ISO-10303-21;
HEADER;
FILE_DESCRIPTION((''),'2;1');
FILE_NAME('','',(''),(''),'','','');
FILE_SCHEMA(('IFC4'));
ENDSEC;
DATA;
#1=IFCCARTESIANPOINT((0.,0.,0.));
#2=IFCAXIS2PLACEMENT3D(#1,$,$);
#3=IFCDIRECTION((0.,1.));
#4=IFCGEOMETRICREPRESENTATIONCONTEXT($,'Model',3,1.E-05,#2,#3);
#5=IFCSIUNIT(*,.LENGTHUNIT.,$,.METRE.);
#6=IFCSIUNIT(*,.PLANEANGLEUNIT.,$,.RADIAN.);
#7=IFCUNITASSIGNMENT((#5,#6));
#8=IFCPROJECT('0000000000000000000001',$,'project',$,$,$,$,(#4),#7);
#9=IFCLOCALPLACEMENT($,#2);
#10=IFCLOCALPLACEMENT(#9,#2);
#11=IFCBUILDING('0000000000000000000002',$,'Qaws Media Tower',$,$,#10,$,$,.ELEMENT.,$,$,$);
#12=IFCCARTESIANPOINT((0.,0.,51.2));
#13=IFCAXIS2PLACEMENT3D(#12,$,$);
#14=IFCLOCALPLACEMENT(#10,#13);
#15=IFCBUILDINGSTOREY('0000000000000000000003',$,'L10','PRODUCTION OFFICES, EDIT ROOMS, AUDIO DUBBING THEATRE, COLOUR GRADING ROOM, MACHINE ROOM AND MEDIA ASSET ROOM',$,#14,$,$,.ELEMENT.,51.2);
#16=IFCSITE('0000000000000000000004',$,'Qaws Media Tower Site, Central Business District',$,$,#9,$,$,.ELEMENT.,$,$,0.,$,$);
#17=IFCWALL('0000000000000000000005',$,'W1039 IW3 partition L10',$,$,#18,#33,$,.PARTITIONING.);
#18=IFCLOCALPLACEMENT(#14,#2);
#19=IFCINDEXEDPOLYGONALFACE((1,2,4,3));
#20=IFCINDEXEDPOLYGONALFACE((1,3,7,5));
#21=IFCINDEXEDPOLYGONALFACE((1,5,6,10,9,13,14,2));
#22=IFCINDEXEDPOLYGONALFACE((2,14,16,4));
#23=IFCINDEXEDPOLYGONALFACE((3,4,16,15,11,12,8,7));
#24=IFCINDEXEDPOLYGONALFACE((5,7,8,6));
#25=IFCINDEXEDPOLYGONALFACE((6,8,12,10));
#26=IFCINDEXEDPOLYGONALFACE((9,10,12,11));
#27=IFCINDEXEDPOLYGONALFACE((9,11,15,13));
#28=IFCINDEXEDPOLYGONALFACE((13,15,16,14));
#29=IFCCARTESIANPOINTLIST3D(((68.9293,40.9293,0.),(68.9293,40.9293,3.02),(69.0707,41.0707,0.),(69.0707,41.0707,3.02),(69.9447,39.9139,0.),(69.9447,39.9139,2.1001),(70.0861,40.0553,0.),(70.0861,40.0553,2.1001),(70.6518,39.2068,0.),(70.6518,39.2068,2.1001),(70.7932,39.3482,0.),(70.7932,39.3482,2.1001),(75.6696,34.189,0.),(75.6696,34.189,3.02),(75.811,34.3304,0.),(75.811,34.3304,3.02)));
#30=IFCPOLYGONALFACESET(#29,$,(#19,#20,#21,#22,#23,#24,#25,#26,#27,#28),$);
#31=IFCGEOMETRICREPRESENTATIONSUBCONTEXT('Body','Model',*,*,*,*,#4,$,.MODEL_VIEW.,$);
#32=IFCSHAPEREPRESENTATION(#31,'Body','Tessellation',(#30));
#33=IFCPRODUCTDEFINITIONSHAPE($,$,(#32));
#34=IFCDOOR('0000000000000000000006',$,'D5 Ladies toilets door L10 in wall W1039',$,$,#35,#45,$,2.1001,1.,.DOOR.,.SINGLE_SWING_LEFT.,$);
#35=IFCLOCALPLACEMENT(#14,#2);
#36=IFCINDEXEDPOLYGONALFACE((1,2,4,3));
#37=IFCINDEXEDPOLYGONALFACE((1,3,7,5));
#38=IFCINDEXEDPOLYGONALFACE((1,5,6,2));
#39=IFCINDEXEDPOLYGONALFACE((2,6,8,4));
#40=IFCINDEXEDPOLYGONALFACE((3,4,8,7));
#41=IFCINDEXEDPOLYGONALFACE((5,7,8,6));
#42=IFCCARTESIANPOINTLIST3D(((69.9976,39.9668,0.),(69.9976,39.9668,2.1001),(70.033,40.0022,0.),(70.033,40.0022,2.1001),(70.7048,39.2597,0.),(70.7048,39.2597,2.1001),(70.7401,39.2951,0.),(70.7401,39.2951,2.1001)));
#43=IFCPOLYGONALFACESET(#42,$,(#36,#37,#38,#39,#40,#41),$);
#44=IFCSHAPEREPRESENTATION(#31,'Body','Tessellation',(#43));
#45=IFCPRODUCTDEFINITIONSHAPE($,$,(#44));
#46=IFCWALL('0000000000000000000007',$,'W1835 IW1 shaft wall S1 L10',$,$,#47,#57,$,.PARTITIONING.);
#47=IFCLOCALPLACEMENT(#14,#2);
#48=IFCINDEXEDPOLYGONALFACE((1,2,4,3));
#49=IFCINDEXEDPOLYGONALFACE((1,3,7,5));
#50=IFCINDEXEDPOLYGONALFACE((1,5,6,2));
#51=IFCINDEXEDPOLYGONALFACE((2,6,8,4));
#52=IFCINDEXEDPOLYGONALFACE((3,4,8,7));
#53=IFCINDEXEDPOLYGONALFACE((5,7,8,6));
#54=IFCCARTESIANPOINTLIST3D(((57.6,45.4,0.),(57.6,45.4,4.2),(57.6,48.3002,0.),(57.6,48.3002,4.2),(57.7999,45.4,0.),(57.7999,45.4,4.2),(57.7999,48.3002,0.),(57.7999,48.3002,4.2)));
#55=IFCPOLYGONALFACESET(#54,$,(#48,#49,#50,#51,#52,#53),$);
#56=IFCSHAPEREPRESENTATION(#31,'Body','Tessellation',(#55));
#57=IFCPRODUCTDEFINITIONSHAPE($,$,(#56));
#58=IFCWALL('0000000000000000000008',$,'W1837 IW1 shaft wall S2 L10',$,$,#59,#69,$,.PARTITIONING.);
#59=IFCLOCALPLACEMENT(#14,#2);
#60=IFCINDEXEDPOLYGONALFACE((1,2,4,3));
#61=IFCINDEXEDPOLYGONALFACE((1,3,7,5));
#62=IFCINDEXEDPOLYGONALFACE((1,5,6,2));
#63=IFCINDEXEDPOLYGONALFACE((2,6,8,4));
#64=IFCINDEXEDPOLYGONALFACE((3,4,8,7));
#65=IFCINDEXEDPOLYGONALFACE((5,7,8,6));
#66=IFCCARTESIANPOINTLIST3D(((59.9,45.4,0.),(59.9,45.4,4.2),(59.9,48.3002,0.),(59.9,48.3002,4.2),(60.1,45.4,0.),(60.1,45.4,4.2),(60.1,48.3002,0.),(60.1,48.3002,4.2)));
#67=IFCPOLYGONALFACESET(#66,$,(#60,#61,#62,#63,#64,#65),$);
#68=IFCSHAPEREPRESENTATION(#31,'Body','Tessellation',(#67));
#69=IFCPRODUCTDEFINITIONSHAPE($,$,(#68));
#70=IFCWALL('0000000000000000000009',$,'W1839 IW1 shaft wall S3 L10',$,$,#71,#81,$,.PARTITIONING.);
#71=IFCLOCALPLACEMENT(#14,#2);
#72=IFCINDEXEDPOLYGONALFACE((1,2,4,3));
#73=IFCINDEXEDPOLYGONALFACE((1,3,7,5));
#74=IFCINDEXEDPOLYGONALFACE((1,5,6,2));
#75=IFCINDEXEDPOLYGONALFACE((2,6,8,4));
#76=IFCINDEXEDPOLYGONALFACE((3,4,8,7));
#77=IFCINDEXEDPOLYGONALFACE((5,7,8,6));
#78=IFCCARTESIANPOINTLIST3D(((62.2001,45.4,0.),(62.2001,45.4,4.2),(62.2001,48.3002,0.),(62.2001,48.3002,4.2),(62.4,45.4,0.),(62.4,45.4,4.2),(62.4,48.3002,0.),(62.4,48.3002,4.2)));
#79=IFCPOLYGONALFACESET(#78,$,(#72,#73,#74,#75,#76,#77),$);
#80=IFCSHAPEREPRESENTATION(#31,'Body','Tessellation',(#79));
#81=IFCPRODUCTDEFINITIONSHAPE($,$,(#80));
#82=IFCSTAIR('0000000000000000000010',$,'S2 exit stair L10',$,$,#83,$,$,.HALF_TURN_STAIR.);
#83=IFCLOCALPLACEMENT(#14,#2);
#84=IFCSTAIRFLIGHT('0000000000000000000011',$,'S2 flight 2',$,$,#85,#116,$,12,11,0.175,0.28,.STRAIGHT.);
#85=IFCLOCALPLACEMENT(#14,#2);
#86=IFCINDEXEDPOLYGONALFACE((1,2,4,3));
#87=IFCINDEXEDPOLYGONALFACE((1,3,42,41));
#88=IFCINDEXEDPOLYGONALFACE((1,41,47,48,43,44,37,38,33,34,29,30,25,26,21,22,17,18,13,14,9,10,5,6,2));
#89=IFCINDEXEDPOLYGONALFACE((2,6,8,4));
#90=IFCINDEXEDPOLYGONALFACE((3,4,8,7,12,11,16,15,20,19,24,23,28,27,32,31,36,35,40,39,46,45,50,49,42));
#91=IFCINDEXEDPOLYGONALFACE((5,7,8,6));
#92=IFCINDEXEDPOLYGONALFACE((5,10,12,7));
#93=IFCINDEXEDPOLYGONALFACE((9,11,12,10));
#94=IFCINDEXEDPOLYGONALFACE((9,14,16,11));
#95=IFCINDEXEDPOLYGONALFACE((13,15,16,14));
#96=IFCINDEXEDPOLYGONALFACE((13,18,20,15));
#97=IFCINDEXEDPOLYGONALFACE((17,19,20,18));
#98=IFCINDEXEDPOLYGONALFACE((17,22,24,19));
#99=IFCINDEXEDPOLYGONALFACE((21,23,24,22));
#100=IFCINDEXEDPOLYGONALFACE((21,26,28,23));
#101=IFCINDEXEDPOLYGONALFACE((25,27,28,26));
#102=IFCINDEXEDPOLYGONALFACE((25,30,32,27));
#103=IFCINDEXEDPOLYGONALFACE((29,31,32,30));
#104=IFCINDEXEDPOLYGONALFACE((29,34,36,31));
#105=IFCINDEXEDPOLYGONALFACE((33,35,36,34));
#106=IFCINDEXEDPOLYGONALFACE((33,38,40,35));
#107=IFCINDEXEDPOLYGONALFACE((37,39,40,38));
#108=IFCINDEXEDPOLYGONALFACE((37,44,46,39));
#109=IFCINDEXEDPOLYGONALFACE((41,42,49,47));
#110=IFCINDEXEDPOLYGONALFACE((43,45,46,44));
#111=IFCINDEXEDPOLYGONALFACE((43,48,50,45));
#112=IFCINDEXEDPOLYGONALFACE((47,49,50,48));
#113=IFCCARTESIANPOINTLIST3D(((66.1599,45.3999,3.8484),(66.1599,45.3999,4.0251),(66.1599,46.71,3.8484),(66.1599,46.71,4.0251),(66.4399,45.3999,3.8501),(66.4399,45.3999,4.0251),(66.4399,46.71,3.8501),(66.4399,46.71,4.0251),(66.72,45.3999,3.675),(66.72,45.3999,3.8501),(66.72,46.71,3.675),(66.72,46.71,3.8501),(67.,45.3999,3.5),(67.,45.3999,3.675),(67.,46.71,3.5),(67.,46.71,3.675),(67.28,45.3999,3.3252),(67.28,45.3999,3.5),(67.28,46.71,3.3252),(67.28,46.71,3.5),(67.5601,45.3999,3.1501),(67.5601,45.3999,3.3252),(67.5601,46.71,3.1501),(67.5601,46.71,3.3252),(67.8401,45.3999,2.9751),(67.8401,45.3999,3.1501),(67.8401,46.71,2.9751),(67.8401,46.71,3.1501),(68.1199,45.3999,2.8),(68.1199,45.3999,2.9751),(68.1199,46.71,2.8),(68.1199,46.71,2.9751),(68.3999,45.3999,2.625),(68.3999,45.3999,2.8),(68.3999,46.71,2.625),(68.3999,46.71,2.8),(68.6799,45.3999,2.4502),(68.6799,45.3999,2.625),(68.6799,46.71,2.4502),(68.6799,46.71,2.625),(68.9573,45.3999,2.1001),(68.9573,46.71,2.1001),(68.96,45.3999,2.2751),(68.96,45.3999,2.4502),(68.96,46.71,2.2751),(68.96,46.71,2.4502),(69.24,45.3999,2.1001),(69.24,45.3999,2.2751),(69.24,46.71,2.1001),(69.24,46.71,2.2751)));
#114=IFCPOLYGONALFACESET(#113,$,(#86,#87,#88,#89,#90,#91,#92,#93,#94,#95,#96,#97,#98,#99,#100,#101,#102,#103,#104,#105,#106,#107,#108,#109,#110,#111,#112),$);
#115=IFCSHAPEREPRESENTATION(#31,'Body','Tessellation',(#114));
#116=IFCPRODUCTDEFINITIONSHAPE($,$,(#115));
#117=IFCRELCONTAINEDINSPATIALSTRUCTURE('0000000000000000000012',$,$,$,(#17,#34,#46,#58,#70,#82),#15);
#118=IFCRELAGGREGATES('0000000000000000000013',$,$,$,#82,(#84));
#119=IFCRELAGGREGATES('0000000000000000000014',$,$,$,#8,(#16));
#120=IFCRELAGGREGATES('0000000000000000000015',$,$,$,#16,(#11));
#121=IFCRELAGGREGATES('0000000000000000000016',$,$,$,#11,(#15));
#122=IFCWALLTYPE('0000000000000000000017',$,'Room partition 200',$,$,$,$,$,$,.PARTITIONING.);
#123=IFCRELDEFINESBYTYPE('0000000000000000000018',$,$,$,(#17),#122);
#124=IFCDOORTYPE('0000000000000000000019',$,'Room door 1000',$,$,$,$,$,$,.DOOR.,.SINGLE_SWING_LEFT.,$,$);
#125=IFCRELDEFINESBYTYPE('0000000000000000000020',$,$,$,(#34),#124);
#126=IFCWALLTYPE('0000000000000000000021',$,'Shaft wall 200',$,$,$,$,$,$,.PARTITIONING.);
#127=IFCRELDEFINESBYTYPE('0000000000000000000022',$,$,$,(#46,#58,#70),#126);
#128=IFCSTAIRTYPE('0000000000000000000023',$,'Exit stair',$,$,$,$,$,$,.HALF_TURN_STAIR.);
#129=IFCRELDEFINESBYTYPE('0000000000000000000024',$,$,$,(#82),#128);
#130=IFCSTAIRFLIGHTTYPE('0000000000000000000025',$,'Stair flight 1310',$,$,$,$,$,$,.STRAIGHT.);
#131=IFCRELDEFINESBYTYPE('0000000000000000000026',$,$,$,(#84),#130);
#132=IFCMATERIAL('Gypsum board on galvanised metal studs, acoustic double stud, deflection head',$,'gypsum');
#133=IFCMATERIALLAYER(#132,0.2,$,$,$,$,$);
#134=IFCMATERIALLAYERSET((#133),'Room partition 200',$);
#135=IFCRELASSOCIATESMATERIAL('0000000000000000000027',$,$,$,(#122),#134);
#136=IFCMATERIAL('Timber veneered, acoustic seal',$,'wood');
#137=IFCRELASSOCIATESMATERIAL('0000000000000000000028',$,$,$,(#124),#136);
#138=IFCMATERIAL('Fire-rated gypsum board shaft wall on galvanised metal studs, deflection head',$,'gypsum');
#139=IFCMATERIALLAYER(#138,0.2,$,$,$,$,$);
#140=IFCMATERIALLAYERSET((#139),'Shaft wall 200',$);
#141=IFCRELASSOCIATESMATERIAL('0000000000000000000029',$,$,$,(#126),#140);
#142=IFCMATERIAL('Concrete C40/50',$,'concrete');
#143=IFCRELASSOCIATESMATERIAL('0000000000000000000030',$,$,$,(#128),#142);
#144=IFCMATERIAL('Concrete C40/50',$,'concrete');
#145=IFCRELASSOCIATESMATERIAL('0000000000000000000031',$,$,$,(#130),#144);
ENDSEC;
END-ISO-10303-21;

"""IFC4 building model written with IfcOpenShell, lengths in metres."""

from ifc_helpers import new_model, si_unit, direction, frame, frame_2d, origin, place, context, subcontext, project, spatial, polyline, rectangle, outline, extrude, material, layer, layer_set, type_object, element, fill, aggregate, save


model = new_model("IFC4")

# Units and contexts
model_context = context("Model", 3, precision=1e-05, world=origin(), true_north=direction((0.0, 1.0)))
body_context = subcontext(model_context, "Body", "Model", "MODEL_VIEW")
ifc_project = project(units=[si_unit("LENGTHUNIT", "METRE"), si_unit("PLANEANGLEUNIT", "RADIAN")], contexts=[model_context])

# Site, building, storey
site_placement = place(None, origin())
site = spatial("IfcSite", under=ifc_project, at=site_placement, Name="Qaws Media Tower Site, Central Business District", CompositionType="ELEMENT", RefElevation=0.0)
building_placement = place(site_placement, origin())
building = spatial("IfcBuilding", under=site, at=building_placement, Name="Qaws Media Tower", CompositionType="ELEMENT")
storey_placement = place(building_placement, frame((0.0, 0.0, 51.2)))
storey = spatial("IfcBuildingStorey", under=building, at=storey_placement, Name="L10", Description="PRODUCTION OFFICES, EDIT ROOMS, AUDIO DUBBING THEATRE, COLOUR GRADING ROOM, MACHINE ROOM AND MEDIA ASSET ROOM", CompositionType="ELEMENT", Elevation=51.2)

# Shared definitions
ifc_material_1 = material(Name="Gypsum board on galvanised metal studs, acoustic double stud, deflection head", Category="gypsum")
ifc_layer_1 = layer(ifc_material_1, 0.2)
ifc_layer_set_1 = layer_set([ifc_layer_1], Name="Room partition 200")
wall_type_1 = type_object("IfcWallType", Name="Room partition 200", PredefinedType="PARTITIONING", material=ifc_layer_set_1)

# Shared definitions
ifc_material_2 = material(Name="Timber veneered, acoustic seal", Category="wood")
door_type_1 = type_object("IfcDoorType", Name="Room door 1000", OperationType="SINGLE_SWING_LEFT", PredefinedType="DOOR", material=ifc_material_2)

# Wall, opening, door
wall_1_placement = place(storey_placement, frame((69.0, 41.0, 0.0), z_axis=(0.0, 0.0, 1.0), x_axis=(0.707107, -0.707107, 0.0)))
wall_1 = element("IfcWall", 1, at=wall_1_placement, inside=storey, type_object=wall_type_1, Name="W1039 IW3 partition L10", PredefinedType="PARTITIONING", context=body_context, shape_type="SweptSolid", body=[
    extrude(rectangle(XDim=9.5322, YDim=0.2, at=frame_2d((4.7661, 0.0))), origin(), (0.0, 0.0, 1.0), 3.02),
])
opening_1_placement = place(wall_1_placement, frame((1.436, 0.0, 0.0)))
opening_1 = element("IfcOpeningElement", 2, at=opening_1_placement, cuts=wall_1, PredefinedType="OPENING", context=body_context, shape_type="SweptSolid", body=[
    extrude(rectangle(XDim=1.0, YDim=2.1001, at=frame_2d((0.5, 1.05))), frame((0.0, 0.1099, 0.0), z_axis=(0.0, -1.0, 0.0), x_axis=(1.0, 0.0, 0.0)), (0.0, 0.0, 1.0), 0.22),
])
door_1_placement = place(opening_1_placement, origin())
door_1 = element("IfcDoor", 3, at=door_1_placement, inside=storey, type_object=door_type_1, Name="D5 Ladies toilets door L10 in wall W1039", OperationType="SINGLE_SWING_LEFT", OverallHeight=2.1001, OverallWidth=1.0, PredefinedType="DOOR", context=body_context, shape_type="SweptSolid", body=[
    extrude(rectangle(XDim=1.0, YDim=2.1001, at=frame_2d((0.5, 1.05))), frame((0.0, 0.0249, 0.0), z_axis=(0.0, -1.0, 0.0), x_axis=(1.0, 0.0, 0.0)), (0.0, 0.0, 1.0), 0.05),
])
fill(opening_1, door_1)

# Walls
ifc_material_3 = material(Name="Fire-rated gypsum board shaft wall on galvanised metal studs, deflection head", Category="gypsum")
ifc_layer_2 = layer(ifc_material_3, 0.2)
ifc_layer_set_2 = layer_set([ifc_layer_2], Name="Shaft wall 200")
wall_type_2 = type_object("IfcWallType", Name="Shaft wall 200", PredefinedType="PARTITIONING", material=ifc_layer_set_2)
for number, where, z_axis, x_axis, name in (
    (4, (57.7, 45.3999, 0.0), (0.0, 0.0, 1.0), (0.0, 1.0, 0.0), "W1835 IW1 shaft wall S1 L10"),
    (5, (60.0, 45.3999, 0.0), (0.0, 0.0, 1.0), (0.0, 1.0, 0.0), "W1837 IW1 shaft wall S2 L10"),
    (6, (62.3, 45.3999, 0.0), (0.0, 0.0, 1.0), (0.0, 1.0, 0.0), "W1839 IW1 shaft wall S3 L10"),
):
    element("IfcWall", number, at=place(storey_placement, frame(where, z_axis=z_axis, x_axis=x_axis)), inside=storey, type_object=wall_type_2, Name=name, PredefinedType="PARTITIONING", context=body_context, shape_type="SweptSolid", body=[
        extrude(rectangle(XDim=2.9001, YDim=0.2, at=frame_2d((1.4502, 0.0))), origin(), (0.0, 0.0, 1.0), 4.2),
    ])

# Stair, stair flight
ifc_material_4 = material(Name="Concrete C40/50", Category="concrete")
stair_type = type_object("IfcStairType", Name="Exit stair", PredefinedType="HALF_TURN_STAIR", material=ifc_material_4)
stair_placement = place(storey_placement, origin())
stair = element("IfcStair", 7, at=stair_placement, inside=storey, type_object=stair_type, Name="S2 exit stair L10", PredefinedType="HALF_TURN_STAIR")
ifc_material_5 = material(Name="Concrete C40/50", Category="concrete")
stair_flight_type = type_object("IfcStairFlightType", Name="Stair flight 1310", PredefinedType="STRAIGHT", material=ifc_material_5)
stair_flight_placement = place(storey_placement, frame((69.24, 46.0549, 2.1001), z_axis=(0.0, 0.0, 1.0), x_axis=(-1.0, 0.0, 0.0)))
stair_flight = element("IfcStairFlight", 8, at=stair_flight_placement, type_object=stair_flight_type, Name="S2 flight 2", NumberOfRisers=12, NumberOfTreads=11, PredefinedType="STRAIGHT", RiserHeight=0.175, TreadLength=0.28, context=body_context, shape_type="SweptSolid", body=[
    extrude(outline(polyline([(0.0, 0.0), (0.0, 0.175), (0.28, 0.175), (0.28, 0.3501), (0.5601, 0.3501), (0.5601, 0.5249), (0.8401, 0.5249), (0.8401, 0.7), (1.1201, 0.7), (1.1201, 0.875), (1.3999, 0.875), (1.3999, 1.05), (1.6799, 1.05), (1.6799, 1.2251), (1.96, 1.2251), (1.96, 1.3999), (2.24, 1.3999), (2.24, 1.575), (2.52, 1.575), (2.52, 1.75), (2.8, 1.75), (2.8, 1.925), (3.0801, 1.925), (3.0801, 2.1001), (3.0801, 1.7483), (0.2827, 0.0), (0.0, 0.0)])), frame((0.0, 0.655, 0.0), z_axis=(0.0, -1.0, 0.0), x_axis=(1.0, 0.0, 0.0)), (0.0, 0.0, 1.0), 1.3101),
])
aggregate(stair, [stair_flight])

save(model, "model.ifc")
